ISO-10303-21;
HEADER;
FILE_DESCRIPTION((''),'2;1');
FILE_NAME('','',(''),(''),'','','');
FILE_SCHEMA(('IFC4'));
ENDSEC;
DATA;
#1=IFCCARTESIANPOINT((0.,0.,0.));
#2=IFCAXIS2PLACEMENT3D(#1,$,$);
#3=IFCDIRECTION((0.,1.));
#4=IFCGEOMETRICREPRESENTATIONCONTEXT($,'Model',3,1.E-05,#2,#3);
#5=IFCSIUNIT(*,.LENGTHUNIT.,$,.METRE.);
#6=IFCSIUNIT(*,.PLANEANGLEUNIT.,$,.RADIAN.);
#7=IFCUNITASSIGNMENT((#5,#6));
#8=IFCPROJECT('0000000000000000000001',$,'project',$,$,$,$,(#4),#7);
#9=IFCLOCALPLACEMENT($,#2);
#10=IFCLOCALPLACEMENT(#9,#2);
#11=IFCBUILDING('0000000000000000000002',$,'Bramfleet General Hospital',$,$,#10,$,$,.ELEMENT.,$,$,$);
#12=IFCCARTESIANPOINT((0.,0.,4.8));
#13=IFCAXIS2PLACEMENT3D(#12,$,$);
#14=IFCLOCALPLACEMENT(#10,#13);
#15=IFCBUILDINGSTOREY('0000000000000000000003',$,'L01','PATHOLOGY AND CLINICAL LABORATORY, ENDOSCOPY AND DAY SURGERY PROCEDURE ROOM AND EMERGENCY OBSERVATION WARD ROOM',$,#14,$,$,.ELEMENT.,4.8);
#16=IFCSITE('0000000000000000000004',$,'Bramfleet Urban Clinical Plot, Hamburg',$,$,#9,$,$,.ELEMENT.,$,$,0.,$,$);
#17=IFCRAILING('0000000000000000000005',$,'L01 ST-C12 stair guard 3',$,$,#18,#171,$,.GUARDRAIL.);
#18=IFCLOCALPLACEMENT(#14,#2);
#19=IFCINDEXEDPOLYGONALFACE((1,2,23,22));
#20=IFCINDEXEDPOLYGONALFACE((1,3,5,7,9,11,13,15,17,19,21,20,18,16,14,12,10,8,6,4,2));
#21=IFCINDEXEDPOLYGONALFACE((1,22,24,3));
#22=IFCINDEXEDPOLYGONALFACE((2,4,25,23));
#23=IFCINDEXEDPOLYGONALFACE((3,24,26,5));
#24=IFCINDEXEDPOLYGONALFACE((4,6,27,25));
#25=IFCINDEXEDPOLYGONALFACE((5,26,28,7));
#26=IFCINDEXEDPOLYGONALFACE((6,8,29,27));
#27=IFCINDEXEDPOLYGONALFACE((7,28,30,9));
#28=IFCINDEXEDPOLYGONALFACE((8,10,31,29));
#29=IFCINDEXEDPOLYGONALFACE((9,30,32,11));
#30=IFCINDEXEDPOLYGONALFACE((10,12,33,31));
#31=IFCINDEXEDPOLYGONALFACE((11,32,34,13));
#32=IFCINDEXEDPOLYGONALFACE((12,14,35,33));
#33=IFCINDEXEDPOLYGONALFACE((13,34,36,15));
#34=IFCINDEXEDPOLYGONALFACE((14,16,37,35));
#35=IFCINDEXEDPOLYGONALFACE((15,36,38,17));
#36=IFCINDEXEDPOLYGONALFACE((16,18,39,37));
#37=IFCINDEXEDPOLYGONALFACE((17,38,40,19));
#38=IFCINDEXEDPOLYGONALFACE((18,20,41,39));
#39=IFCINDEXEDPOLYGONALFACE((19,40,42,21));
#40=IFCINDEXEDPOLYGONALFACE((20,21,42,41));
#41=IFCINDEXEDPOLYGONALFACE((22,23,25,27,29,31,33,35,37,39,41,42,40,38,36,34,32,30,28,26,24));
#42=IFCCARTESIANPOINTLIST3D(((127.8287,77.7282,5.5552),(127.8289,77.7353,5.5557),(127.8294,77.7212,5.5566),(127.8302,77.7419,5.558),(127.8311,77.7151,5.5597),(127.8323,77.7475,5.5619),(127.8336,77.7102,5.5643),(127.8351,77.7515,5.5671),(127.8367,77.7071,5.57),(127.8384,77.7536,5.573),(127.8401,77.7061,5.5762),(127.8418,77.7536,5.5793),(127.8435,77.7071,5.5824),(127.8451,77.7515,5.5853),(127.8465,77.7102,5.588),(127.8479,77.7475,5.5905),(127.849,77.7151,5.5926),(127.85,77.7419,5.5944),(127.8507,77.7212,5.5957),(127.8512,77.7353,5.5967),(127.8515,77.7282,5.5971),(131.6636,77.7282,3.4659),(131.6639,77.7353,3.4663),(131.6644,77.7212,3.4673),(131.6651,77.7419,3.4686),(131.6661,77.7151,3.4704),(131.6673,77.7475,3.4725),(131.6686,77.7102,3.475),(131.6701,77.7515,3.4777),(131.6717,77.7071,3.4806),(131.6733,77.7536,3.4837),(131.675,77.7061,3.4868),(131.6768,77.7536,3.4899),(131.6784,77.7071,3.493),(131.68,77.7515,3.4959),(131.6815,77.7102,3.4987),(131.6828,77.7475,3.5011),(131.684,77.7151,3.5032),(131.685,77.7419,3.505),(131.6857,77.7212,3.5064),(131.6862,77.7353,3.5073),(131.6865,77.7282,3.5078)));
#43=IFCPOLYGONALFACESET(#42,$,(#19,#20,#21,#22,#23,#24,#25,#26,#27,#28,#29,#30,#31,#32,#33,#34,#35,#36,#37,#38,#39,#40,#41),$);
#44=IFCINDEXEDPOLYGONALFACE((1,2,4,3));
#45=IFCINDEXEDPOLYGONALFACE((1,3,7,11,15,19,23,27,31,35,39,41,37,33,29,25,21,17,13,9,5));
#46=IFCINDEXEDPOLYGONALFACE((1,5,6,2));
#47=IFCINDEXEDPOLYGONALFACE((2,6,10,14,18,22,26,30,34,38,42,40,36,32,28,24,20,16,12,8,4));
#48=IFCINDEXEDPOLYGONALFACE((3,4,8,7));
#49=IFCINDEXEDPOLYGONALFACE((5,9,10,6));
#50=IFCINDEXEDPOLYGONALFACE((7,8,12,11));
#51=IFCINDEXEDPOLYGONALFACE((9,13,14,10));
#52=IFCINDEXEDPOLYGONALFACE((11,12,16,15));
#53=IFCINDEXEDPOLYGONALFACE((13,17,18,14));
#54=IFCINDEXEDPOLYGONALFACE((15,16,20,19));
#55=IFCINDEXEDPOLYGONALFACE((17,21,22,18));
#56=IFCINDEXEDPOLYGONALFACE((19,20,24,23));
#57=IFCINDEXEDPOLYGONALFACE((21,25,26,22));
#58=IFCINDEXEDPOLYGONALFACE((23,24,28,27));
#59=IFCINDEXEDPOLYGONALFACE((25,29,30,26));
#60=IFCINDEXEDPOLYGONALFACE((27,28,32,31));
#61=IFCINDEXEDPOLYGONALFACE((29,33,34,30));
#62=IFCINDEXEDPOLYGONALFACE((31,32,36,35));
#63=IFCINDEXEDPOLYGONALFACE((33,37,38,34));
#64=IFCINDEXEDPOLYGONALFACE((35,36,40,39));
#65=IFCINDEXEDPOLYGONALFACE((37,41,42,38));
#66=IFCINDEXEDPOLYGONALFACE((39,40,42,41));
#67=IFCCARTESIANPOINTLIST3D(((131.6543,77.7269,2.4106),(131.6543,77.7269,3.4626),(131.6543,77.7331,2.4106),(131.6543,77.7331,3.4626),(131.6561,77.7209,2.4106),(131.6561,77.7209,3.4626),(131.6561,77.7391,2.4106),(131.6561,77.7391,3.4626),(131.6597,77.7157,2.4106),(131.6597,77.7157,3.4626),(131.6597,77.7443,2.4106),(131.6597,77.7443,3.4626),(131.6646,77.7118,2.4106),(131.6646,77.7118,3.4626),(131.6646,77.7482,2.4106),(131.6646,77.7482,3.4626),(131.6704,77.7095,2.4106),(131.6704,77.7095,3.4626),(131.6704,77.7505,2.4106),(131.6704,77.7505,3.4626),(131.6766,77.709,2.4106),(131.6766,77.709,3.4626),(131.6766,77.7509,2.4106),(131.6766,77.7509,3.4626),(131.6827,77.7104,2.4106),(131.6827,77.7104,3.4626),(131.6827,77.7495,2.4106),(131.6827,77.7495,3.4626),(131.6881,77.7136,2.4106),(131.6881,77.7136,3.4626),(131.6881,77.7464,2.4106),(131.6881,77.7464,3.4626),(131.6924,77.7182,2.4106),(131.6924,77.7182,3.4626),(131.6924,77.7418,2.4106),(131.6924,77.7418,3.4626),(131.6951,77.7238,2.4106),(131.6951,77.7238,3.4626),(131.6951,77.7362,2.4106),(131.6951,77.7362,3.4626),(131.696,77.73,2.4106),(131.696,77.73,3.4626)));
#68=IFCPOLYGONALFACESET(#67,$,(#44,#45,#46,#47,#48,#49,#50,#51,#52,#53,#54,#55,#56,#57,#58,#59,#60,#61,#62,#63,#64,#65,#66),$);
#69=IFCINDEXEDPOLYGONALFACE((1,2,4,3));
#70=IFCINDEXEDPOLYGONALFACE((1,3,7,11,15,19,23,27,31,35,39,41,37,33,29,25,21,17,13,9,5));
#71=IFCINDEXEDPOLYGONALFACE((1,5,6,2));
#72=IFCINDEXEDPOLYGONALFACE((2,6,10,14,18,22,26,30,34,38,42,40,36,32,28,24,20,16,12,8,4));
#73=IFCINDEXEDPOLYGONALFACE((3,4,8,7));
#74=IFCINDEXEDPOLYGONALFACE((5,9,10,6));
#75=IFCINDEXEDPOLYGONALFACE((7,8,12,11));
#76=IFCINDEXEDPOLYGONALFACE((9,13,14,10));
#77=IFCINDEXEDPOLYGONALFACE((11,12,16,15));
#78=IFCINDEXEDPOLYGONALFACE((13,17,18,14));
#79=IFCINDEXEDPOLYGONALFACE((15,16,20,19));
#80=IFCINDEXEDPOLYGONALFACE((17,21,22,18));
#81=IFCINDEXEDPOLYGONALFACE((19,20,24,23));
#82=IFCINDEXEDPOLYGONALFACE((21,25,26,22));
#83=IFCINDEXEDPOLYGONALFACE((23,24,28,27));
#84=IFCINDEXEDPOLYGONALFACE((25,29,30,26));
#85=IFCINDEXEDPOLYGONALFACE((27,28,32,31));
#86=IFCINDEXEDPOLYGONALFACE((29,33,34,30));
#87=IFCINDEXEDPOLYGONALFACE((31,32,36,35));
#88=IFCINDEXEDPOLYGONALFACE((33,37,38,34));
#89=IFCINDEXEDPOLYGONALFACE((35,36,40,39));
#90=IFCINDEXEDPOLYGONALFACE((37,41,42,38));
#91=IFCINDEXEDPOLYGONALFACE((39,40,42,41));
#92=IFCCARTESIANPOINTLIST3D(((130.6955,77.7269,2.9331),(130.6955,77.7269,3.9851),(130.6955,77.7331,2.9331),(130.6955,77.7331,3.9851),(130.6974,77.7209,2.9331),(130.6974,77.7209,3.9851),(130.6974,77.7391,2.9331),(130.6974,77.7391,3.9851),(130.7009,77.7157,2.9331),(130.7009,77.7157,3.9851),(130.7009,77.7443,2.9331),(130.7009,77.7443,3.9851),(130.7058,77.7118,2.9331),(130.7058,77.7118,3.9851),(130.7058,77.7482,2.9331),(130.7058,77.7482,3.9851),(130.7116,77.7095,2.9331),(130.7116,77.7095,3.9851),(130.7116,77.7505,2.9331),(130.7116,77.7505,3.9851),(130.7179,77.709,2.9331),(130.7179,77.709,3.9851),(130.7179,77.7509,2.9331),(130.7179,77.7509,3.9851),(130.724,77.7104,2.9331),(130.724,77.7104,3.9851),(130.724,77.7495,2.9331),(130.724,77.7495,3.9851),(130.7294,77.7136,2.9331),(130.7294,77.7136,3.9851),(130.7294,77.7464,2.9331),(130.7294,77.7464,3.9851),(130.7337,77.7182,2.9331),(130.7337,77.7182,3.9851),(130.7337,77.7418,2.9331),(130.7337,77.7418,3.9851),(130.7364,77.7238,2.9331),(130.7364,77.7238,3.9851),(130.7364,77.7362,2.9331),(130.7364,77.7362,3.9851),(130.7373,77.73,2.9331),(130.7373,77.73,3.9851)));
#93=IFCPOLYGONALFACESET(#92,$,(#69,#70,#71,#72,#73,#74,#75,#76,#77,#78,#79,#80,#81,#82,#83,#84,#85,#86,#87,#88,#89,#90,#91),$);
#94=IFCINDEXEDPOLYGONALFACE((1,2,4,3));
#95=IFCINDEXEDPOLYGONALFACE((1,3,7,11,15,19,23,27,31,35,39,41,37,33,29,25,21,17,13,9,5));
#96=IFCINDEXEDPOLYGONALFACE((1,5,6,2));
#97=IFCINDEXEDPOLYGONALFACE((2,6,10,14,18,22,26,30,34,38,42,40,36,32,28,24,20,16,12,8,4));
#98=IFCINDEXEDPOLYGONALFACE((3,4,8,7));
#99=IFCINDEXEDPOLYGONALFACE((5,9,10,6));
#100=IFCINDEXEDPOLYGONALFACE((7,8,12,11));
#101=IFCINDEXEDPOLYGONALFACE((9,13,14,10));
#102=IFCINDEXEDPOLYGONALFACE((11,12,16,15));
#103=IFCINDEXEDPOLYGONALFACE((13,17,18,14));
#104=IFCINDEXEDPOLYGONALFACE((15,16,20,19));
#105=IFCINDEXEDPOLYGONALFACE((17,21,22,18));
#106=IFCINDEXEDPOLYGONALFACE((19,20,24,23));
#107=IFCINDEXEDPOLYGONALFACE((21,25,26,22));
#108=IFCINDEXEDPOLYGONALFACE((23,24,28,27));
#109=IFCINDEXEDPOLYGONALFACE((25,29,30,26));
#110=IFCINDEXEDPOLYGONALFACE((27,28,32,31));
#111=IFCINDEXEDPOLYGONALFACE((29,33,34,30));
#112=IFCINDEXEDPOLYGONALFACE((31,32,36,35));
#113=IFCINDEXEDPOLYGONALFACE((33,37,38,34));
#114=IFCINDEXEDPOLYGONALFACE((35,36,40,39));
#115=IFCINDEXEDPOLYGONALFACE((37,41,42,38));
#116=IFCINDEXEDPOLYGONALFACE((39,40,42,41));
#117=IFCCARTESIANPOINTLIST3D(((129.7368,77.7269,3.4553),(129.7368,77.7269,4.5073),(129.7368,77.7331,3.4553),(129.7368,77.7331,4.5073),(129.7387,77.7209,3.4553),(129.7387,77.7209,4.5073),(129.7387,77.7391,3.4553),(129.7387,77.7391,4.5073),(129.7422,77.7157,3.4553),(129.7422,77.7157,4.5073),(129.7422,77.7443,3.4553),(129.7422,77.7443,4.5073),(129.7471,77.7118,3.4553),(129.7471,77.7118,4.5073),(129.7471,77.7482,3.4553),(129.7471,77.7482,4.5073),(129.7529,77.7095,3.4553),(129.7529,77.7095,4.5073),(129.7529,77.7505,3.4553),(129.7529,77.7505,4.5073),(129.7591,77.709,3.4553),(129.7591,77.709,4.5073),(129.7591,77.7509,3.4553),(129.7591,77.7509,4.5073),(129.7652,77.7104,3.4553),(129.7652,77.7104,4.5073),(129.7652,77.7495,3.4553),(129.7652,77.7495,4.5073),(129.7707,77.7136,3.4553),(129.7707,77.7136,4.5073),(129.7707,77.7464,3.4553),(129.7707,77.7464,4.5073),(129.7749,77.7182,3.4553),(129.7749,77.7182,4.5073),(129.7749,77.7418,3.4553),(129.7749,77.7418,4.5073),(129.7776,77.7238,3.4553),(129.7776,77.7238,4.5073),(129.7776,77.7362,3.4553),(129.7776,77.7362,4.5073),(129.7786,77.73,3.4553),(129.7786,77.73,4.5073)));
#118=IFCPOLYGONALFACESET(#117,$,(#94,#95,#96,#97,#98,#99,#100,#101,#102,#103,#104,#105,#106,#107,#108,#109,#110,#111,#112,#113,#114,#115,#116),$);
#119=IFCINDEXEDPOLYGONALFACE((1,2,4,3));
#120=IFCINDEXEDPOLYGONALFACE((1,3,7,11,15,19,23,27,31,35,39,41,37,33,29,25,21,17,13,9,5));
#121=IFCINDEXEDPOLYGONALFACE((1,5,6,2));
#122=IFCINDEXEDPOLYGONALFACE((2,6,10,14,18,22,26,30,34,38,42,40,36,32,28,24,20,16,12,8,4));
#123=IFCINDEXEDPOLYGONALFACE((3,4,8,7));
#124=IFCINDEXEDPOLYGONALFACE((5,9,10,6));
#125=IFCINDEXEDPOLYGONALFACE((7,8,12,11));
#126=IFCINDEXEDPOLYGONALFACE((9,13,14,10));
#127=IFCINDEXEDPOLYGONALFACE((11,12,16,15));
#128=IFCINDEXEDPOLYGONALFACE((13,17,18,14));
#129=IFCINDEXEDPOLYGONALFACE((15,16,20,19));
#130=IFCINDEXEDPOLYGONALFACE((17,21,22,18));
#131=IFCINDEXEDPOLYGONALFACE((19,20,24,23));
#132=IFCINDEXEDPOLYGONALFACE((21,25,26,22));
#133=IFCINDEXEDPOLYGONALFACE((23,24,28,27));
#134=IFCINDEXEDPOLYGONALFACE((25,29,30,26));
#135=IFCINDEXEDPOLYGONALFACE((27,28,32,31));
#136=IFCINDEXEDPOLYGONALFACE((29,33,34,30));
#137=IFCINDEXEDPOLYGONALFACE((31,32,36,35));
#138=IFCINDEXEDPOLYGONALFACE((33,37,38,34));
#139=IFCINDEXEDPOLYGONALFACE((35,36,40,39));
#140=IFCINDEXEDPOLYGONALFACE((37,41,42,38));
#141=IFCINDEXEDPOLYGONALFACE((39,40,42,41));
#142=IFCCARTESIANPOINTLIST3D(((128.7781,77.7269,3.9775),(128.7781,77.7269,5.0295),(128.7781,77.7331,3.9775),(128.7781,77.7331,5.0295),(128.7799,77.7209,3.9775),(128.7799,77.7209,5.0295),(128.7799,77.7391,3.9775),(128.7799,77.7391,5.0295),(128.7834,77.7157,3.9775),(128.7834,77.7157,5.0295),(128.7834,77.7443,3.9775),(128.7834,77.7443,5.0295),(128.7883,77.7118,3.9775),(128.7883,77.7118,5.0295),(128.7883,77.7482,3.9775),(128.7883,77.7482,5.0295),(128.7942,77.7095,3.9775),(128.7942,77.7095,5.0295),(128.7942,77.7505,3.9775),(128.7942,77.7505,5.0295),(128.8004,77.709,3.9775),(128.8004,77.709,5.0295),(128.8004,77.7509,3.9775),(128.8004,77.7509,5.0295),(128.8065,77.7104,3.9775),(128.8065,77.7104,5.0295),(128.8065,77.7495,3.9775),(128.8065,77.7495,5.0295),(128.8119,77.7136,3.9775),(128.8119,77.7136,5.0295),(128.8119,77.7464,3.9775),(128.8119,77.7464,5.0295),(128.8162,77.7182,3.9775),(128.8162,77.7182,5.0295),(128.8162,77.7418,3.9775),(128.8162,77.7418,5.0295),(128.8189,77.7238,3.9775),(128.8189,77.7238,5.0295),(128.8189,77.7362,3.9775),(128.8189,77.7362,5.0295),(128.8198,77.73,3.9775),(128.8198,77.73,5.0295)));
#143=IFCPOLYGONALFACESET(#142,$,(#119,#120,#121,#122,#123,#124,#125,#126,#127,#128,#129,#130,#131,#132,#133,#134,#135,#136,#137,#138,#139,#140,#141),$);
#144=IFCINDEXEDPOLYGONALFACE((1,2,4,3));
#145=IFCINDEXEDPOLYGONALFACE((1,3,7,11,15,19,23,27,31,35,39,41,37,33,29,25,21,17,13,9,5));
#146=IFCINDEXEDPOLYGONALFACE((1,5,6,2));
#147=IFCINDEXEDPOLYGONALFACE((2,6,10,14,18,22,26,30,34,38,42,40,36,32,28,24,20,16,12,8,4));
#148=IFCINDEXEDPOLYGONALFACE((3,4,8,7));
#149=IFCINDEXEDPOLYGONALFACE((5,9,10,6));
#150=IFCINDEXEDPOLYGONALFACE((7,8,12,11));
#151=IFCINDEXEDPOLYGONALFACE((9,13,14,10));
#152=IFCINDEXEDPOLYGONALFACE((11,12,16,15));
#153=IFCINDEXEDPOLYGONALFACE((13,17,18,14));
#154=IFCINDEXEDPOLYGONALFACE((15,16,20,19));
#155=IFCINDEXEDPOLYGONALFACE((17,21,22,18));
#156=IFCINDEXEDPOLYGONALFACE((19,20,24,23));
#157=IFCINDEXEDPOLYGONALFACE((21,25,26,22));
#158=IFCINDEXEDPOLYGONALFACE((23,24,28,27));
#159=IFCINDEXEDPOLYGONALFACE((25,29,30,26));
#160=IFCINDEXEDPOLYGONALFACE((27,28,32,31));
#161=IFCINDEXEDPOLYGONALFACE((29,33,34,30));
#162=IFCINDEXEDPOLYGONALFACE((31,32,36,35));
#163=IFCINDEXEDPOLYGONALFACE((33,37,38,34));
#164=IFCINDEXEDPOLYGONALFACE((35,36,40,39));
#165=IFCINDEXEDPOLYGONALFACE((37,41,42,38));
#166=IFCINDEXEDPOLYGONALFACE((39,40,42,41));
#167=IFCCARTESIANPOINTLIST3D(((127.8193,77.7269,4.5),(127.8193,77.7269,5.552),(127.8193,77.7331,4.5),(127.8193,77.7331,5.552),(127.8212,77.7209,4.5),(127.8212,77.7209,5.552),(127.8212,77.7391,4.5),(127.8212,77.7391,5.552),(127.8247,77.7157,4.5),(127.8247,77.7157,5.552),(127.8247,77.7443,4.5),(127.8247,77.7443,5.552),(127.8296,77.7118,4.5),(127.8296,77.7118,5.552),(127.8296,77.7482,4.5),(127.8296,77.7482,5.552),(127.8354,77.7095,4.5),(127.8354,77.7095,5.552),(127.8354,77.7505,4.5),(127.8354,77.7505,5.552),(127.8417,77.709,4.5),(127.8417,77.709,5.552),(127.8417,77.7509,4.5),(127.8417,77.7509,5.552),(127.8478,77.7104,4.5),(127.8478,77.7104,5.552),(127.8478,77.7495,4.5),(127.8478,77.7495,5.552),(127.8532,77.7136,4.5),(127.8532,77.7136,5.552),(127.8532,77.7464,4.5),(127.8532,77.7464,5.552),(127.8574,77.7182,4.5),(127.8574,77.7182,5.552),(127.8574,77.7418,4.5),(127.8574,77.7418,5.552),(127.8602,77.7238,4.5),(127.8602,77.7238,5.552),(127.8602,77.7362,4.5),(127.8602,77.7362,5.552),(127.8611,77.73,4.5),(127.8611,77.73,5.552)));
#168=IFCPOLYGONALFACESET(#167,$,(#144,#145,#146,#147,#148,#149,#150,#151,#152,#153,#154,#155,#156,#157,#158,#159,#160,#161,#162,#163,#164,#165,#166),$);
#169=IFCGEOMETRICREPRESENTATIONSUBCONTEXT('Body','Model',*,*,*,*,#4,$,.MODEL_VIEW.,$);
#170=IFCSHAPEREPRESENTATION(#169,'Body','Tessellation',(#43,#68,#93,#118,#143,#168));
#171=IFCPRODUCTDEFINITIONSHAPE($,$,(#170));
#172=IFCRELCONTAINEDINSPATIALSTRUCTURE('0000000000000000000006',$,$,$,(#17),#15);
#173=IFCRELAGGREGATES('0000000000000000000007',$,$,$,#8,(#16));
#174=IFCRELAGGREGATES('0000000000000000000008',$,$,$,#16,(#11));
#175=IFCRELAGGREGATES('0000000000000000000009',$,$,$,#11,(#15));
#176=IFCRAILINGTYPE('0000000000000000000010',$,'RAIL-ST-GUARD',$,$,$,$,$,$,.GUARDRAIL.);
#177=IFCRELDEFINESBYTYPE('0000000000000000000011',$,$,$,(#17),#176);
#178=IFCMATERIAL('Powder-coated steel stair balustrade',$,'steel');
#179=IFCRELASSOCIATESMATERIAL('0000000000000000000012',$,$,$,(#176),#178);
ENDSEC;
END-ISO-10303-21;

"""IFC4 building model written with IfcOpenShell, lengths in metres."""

from ifc_helpers import new_model, si_unit, direction, frame, origin, origin_2d, place, context, subcontext, project, spatial, circle, extrude, material, type_object, element, save


model = new_model("IFC4")

# Units and contexts
model_context = context("Model", 3, precision=1e-05, world=origin(), true_north=direction((0.0, 1.0)))
body_context = subcontext(model_context, "Body", "Model", "MODEL_VIEW")
ifc_project = project(units=[si_unit("LENGTHUNIT", "METRE"), si_unit("PLANEANGLEUNIT", "RADIAN")], contexts=[model_context])

# Site, building, storey
site_placement = place(None, origin())
site = spatial("IfcSite", under=ifc_project, at=site_placement, Name="Bramfleet Urban Clinical Plot, Hamburg", CompositionType="ELEMENT", RefElevation=0.0)
building_placement = place(site_placement, origin())
building = spatial("IfcBuilding", under=site, at=building_placement, Name="Bramfleet General Hospital", CompositionType="ELEMENT")
storey_placement = place(building_placement, frame((0.0, 0.0, 4.8)))
storey = spatial("IfcBuildingStorey", under=building, at=storey_placement, Name="L01", Description="PATHOLOGY AND CLINICAL LABORATORY, ENDOSCOPY AND DAY SURGERY PROCEDURE ROOM AND EMERGENCY OBSERVATION WARD ROOM", CompositionType="ELEMENT", Elevation=4.8)

# Railing
ifc_material_1 = material(Name="Powder-coated steel stair balustrade", Category="steel")
railing_type_1 = type_object("IfcRailingType", Name="RAIL-ST-GUARD", PredefinedType="GUARDRAIL", material=ifc_material_1)
railing_1_placement = place(storey_placement, frame((131.675, 77.73, 2.4106)))
element("IfcRailing", 1, at=railing_1_placement, inside=storey, type_object=railing_type_1, Name="L01 ST-C12 stair guard 3", PredefinedType="GUARDRAIL", context=body_context, shape_type="SweptSolid", body=[
    extrude(circle(Radius=0.0239, at=origin_2d()), frame((0.0, 0.0, 1.0762), z_axis=(-0.87813, 0.0, 0.478421), x_axis=(0.0, -1.0, 0.0)), (0.0, 0.0, 1.0), 4.3672),
    extrude(circle(Radius=0.021, at=origin_2d()), origin(), (0.0, 0.0, 1.0), 1.052),
    extrude(circle(Radius=0.021, at=origin_2d()), frame((-0.9587, 0.0, 0.5225)), (0.0, 0.0, 1.0), 1.052),
    extrude(circle(Radius=0.021, at=origin_2d()), frame((-1.9175, 0.0, 1.0447)), (0.0, 0.0, 1.0), 1.052),
    extrude(circle(Radius=0.021, at=origin_2d()), frame((-2.8762, 0.0, 1.5669)), (0.0, 0.0, 1.0), 1.052),
    extrude(circle(Radius=0.021, at=origin_2d()), frame((-3.835, 0.0, 2.0894)), (0.0, 0.0, 1.0), 1.052),
])

save(model, "model.ifc")
